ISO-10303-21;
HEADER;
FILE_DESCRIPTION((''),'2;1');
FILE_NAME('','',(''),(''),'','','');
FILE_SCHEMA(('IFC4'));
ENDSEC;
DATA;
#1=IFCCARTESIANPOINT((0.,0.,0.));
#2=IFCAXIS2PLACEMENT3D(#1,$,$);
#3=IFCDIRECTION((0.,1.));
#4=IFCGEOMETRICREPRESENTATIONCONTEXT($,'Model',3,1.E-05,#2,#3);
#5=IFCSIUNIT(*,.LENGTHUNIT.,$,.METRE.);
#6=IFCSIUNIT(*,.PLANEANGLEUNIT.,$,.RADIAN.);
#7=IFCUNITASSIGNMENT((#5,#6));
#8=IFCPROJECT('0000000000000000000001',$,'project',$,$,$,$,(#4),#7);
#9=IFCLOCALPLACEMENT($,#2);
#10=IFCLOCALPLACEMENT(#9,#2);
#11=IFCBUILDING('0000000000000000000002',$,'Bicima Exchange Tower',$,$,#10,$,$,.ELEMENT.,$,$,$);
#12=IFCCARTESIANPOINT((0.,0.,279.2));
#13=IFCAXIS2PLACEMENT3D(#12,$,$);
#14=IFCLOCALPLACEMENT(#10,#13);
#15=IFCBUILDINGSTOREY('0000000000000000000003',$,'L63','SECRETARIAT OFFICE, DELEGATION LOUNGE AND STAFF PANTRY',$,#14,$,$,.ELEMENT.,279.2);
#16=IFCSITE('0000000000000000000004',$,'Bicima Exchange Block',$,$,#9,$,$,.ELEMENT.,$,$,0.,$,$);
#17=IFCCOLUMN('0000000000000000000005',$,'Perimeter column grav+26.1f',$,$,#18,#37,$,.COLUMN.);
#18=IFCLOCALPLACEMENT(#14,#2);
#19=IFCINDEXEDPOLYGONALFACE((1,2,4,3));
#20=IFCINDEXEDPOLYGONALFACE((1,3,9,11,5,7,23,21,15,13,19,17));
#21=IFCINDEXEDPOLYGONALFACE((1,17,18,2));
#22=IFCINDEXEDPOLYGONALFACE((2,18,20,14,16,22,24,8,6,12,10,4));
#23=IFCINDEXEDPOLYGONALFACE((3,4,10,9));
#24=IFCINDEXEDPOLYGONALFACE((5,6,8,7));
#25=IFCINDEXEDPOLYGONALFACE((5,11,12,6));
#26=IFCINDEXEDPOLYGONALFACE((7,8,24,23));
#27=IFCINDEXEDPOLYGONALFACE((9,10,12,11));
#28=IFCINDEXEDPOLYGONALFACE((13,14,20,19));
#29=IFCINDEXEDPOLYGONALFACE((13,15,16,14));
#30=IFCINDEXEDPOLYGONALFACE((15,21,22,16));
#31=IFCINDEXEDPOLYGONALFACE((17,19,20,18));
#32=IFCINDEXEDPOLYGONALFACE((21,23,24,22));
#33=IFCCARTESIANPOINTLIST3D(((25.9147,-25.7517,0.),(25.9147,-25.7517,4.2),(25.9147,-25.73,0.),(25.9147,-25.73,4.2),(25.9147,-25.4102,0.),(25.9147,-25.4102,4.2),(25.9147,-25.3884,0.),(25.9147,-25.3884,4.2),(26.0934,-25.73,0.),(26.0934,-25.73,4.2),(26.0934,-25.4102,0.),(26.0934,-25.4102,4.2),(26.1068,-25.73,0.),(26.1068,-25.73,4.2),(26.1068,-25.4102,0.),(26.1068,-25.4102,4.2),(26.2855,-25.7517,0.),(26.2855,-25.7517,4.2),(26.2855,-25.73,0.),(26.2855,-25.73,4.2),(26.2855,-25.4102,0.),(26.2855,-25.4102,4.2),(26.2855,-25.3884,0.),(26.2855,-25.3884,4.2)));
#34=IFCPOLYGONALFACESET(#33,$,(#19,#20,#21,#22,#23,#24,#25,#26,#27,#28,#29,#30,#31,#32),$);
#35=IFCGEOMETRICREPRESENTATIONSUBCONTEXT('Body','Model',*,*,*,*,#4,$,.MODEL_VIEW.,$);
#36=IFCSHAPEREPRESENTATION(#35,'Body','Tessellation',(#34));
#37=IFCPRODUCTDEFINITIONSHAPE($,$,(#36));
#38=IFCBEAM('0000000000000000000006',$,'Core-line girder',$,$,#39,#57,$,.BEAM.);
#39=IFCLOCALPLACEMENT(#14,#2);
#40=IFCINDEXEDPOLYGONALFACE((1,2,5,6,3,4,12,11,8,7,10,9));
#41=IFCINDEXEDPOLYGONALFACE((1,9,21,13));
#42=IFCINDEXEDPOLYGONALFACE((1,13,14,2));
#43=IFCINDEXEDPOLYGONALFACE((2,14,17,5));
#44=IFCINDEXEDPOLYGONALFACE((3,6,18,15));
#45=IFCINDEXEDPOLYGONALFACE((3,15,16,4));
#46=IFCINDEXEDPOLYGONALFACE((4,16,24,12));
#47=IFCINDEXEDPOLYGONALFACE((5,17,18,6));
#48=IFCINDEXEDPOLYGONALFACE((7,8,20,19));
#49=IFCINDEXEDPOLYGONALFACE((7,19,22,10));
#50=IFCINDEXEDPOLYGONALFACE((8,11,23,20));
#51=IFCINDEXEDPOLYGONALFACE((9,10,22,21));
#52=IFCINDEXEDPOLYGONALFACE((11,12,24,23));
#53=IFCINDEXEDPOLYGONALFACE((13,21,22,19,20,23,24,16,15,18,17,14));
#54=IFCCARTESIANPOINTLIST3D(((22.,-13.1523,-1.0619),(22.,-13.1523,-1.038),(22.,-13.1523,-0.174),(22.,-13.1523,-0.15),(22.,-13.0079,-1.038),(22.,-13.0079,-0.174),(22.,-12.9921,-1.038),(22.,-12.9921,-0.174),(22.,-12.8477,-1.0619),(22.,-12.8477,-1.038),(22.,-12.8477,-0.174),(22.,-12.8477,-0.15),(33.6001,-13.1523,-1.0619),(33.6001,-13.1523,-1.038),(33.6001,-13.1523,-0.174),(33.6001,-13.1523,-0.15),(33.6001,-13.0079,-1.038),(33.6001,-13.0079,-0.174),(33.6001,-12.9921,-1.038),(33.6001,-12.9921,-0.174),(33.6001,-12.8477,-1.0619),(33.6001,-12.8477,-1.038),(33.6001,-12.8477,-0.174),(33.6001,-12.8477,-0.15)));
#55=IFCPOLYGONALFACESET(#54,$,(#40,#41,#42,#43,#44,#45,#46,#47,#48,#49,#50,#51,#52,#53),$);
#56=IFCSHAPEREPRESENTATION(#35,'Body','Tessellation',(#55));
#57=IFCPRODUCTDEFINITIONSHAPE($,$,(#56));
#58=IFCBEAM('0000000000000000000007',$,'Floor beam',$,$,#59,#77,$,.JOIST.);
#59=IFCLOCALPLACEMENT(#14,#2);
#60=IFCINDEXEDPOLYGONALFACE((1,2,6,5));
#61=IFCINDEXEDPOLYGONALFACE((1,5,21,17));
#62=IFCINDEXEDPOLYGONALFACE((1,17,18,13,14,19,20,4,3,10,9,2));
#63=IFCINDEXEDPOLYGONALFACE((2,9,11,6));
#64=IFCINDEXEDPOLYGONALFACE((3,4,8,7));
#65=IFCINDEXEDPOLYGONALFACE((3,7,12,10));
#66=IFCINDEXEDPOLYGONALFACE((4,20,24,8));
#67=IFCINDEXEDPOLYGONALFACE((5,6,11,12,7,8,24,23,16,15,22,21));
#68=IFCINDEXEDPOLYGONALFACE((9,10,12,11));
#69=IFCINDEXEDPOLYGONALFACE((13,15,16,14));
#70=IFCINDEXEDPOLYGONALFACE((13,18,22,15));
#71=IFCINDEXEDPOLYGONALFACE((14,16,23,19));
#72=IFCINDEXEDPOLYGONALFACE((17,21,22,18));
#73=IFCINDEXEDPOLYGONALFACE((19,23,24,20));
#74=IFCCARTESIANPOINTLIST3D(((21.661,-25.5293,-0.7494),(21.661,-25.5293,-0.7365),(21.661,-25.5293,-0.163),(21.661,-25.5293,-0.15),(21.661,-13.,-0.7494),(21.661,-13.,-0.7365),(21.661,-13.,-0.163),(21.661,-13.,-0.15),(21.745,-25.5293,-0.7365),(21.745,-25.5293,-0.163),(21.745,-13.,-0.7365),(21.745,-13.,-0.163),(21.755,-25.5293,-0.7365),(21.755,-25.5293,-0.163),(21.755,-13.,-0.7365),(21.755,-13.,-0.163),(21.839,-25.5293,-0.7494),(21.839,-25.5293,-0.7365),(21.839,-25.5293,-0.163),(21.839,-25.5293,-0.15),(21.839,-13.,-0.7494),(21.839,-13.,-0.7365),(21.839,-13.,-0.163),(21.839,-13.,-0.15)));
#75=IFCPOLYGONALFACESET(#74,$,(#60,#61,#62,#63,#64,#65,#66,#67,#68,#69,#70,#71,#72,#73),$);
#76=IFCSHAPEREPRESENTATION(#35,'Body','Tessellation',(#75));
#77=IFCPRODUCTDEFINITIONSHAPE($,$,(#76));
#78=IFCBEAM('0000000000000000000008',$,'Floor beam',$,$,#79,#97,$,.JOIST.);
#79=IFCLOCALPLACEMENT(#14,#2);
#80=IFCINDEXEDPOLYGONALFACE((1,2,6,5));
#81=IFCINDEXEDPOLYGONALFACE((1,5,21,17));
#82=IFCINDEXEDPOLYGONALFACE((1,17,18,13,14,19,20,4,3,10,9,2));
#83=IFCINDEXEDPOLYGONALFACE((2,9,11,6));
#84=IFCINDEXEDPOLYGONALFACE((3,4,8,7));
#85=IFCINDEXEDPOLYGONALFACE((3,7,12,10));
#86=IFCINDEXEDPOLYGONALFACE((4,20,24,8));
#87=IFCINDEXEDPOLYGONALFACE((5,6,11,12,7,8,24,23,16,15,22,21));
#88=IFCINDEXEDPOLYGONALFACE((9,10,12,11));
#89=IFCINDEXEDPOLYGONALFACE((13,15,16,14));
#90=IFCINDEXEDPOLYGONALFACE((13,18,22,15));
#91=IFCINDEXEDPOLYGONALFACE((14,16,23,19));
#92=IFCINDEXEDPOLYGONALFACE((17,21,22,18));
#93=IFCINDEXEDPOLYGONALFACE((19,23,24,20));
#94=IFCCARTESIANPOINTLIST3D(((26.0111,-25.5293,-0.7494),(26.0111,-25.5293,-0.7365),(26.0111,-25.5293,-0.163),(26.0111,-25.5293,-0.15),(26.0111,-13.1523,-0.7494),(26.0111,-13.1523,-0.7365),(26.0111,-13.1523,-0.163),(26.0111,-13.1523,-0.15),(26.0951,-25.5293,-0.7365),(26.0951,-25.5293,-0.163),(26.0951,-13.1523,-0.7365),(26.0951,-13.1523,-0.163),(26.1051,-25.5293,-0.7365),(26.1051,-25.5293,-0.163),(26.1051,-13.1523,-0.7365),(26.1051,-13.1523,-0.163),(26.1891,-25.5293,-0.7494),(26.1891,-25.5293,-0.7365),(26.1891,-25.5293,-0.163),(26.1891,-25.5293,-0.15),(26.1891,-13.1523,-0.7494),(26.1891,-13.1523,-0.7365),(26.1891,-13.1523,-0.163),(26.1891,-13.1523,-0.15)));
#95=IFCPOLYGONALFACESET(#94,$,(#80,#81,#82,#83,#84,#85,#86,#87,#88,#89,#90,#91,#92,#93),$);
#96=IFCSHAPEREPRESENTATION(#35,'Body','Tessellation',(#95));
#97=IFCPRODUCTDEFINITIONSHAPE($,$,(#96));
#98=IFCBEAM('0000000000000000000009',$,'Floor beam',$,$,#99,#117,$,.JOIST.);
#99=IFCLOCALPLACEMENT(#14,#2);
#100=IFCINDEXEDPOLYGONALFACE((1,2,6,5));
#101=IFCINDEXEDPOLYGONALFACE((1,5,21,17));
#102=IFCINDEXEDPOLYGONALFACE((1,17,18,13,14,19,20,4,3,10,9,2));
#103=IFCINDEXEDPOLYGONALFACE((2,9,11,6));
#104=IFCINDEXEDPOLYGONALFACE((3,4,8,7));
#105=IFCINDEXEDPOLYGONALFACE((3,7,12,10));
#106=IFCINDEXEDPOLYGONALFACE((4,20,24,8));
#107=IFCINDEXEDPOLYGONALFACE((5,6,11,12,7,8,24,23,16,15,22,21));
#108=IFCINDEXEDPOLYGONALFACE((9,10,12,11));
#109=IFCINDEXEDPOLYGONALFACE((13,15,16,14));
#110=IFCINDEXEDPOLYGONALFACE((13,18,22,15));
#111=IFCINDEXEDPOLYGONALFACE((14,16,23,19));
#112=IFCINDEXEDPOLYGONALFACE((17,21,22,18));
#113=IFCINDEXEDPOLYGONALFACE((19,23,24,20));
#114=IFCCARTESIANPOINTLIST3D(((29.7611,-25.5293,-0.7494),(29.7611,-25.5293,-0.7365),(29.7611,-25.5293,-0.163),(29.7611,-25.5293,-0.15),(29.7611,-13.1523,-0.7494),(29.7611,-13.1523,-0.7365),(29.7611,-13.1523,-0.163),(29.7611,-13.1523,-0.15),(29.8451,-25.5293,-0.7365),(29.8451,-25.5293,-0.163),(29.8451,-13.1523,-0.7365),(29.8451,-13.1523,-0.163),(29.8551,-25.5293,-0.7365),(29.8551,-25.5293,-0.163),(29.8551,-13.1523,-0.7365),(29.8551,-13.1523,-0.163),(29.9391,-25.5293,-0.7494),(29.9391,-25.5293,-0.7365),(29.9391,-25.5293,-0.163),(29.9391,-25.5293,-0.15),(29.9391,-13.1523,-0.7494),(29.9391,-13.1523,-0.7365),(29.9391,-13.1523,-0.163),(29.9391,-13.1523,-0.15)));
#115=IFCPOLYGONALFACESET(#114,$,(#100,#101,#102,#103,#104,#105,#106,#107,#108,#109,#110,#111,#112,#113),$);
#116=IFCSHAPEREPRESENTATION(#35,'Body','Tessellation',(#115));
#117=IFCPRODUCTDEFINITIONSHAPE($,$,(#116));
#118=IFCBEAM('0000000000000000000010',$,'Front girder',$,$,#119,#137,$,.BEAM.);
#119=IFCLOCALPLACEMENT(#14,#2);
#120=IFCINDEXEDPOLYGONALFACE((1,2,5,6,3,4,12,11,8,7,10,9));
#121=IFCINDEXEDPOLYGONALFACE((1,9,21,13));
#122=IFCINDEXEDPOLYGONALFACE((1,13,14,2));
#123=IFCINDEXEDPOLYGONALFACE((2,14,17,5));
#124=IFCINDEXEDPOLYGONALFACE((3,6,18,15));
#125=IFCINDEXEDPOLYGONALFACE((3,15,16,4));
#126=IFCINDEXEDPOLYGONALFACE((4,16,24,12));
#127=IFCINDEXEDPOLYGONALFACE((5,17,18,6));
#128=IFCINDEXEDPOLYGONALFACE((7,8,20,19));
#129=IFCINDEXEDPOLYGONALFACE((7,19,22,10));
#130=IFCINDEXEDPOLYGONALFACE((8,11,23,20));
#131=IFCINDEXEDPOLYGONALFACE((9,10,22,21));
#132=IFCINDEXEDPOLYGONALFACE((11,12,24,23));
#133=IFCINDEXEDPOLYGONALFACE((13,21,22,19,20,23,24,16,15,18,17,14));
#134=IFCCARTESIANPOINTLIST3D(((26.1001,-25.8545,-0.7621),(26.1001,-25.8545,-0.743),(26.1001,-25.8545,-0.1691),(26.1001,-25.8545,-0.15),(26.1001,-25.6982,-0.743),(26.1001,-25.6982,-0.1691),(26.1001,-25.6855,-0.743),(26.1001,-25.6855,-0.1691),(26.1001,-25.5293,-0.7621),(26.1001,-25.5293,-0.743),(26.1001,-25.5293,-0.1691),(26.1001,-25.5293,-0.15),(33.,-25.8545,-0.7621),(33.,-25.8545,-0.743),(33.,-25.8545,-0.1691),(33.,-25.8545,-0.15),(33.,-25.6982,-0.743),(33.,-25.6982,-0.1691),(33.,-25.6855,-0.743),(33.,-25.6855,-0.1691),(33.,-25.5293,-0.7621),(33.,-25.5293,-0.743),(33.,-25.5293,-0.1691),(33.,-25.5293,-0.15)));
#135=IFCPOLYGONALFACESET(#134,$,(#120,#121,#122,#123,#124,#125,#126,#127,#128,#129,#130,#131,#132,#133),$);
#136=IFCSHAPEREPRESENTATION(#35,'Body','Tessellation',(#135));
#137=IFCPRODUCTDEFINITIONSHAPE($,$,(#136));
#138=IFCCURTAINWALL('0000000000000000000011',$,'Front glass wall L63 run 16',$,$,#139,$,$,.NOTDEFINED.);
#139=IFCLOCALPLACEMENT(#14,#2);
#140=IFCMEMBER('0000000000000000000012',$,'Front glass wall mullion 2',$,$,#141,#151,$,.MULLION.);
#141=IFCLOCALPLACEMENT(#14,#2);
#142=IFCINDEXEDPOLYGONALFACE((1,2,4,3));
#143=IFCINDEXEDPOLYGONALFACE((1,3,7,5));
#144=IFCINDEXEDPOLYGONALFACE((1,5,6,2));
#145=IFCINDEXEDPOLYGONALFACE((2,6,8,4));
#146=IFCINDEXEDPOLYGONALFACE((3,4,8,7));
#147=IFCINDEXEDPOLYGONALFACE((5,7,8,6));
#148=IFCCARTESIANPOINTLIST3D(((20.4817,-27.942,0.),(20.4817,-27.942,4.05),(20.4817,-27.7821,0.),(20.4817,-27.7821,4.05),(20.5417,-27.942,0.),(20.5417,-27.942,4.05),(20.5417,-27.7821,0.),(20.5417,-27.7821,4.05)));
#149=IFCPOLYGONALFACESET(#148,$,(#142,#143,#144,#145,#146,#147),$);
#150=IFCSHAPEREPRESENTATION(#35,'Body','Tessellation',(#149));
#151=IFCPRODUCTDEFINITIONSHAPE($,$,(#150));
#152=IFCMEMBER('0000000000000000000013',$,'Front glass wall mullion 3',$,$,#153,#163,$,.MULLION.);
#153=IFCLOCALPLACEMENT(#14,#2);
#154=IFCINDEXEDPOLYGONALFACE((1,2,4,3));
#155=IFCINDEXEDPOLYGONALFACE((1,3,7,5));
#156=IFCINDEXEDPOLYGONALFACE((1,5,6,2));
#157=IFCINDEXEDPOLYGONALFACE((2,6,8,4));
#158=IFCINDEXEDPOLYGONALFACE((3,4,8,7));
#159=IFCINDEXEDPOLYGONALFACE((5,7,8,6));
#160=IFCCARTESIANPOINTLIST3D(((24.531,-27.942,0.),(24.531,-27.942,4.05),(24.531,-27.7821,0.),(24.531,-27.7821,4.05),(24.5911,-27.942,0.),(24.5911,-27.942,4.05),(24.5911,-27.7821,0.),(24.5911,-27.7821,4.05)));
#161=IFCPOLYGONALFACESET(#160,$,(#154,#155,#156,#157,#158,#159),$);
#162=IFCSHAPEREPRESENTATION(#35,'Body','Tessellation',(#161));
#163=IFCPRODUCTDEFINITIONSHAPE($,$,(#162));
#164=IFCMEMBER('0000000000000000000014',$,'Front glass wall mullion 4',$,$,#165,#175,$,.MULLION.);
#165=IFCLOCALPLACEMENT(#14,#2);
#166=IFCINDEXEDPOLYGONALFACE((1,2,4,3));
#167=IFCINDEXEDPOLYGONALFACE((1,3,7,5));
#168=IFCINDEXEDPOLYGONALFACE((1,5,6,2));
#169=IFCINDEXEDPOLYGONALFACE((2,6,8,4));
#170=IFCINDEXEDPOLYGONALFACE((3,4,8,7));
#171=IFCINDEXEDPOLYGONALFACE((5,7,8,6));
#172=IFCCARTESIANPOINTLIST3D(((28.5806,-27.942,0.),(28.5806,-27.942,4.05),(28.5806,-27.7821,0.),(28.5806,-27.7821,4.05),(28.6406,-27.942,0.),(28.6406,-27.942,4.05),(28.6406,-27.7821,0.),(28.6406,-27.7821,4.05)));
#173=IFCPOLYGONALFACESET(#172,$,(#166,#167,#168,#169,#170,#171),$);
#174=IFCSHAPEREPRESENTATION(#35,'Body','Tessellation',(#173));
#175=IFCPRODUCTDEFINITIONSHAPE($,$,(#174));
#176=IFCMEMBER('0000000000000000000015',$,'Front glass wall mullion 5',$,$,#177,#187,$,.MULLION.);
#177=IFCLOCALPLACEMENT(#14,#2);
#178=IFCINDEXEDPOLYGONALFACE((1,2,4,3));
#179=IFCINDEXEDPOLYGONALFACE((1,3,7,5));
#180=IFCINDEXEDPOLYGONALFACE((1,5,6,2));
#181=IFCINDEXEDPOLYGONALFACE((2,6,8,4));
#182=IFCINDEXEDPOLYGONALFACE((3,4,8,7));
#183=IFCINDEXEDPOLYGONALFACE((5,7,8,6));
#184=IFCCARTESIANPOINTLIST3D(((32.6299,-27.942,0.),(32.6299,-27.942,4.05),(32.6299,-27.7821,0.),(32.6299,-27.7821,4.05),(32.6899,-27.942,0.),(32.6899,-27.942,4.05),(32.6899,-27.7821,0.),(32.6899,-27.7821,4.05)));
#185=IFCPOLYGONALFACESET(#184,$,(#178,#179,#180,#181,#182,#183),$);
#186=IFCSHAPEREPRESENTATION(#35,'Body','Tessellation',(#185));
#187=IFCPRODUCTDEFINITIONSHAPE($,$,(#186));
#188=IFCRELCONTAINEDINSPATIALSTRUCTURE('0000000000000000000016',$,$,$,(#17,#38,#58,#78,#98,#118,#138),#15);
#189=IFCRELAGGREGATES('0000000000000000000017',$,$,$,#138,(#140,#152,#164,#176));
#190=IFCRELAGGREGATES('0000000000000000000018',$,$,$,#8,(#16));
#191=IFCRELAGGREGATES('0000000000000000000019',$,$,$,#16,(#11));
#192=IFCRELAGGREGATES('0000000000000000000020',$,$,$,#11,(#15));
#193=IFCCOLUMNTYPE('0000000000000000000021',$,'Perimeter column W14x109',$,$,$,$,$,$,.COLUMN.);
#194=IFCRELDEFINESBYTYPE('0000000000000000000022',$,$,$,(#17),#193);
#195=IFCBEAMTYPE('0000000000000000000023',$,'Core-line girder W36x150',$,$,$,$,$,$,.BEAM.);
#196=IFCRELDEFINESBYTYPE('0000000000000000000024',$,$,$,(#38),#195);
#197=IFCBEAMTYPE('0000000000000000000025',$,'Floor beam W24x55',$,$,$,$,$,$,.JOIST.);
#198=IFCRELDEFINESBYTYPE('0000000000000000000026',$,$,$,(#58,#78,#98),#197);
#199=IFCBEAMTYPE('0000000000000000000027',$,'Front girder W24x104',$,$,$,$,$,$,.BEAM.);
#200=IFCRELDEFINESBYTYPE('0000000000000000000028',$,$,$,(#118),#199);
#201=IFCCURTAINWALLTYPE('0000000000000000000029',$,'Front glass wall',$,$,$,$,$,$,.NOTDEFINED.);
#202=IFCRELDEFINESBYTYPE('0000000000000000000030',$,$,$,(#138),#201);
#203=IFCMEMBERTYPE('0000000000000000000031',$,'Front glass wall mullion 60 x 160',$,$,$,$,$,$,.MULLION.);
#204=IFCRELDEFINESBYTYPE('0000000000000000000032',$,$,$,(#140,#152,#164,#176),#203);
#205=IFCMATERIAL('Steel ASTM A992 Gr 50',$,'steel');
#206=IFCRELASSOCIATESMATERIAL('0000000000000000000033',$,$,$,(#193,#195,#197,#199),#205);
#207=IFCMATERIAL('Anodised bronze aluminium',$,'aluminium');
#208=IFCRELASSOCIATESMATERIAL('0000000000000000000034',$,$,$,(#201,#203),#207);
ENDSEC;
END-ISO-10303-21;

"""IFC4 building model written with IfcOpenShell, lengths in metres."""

from ifc_helpers import new_model, si_unit, direction, frame, origin, origin_2d, place, context, subcontext, project, spatial, rectangle, i_section, extrude, material, material_profile, profile_set, type_object, element, aggregate, save


model = new_model("IFC4")

# Units and contexts
model_context = context("Model", 3, precision=1e-05, world=origin(), true_north=direction((0.0, 1.0)))
body_context = subcontext(model_context, "Body", "Model", "MODEL_VIEW")
ifc_project = project(units=[si_unit("LENGTHUNIT", "METRE"), si_unit("PLANEANGLEUNIT", "RADIAN")], contexts=[model_context])

# Site, building, storey
site_placement = place(None, origin())
site = spatial("IfcSite", under=ifc_project, at=site_placement, Name="Bicima Exchange Block", CompositionType="ELEMENT", RefElevation=0.0)
building_placement = place(site_placement, origin())
building = spatial("IfcBuilding", under=site, at=building_placement, Name="Bicima Exchange Tower", CompositionType="ELEMENT")
storey_placement = place(building_placement, frame((0.0, 0.0, 279.2)))
storey = spatial("IfcBuildingStorey", under=building, at=storey_placement, Name="L63", Description="SECRETARIAT OFFICE, DELEGATION LOUNGE AND STAFF PANTRY", CompositionType="ELEMENT", Elevation=279.2)

# Column
ifc_material_1 = material(Name="Steel ASTM A992 Gr 50", Category="steel")
ifc_material_profile_1 = material_profile(ifc_material_1, i_section(OverallWidth=0.3708, OverallDepth=0.3633, WebThickness=0.0134, FlangeThickness=0.0217, at=origin_2d()))
ifc_profile_set_1 = profile_set([ifc_material_profile_1], Name="Steel ASTM A992 Gr 50")
column_type = type_object("IfcColumnType", Name="Perimeter column W14x109", PredefinedType="COLUMN", material=ifc_profile_set_1)
column_placement = place(storey_placement, frame((26.1001, -25.5701, 0.0), z_axis=(0.0, 0.0, 1.0), x_axis=(1.0, 0.0, 0.0)))
element("IfcColumn", 1, at=column_placement, inside=storey, type_object=column_type, Name="Perimeter column grav+26.1f", PredefinedType="COLUMN", context=body_context, shape_type="SweptSolid", body=[
    extrude(i_section(OverallWidth=0.3708, OverallDepth=0.3633, WebThickness=0.0134, FlangeThickness=0.0217, at=origin_2d()), origin(), (0.0, 0.0, 1.0), 4.2),
])

# Beams
ifc_material_profile_2 = material_profile(ifc_material_1, i_section(OverallWidth=0.3047, OverallDepth=0.9119, WebThickness=0.0159, FlangeThickness=0.0239, at=origin_2d()))
ifc_profile_set_2 = profile_set([ifc_material_profile_2], Name="Steel ASTM A992 Gr 50")
beam_type_1 = type_object("IfcBeamType", Name="Core-line girder W36x150", PredefinedType="BEAM", material=ifc_profile_set_2)
beam_1_placement = place(storey_placement, frame((22.0, -13.0, -0.606), z_axis=(1.0, 0.0, 0.0), x_axis=(0.0, 1.0, 0.0)))
element("IfcBeam", 2, at=beam_1_placement, inside=storey, type_object=beam_type_1, Name="Core-line girder", PredefinedType="BEAM", context=body_context, shape_type="SweptSolid", body=[
    extrude(i_section(OverallWidth=0.3047, OverallDepth=0.9119, WebThickness=0.0159, FlangeThickness=0.0239, at=origin_2d()), origin(), (0.0, 0.0, 1.0), 11.6001),
])
ifc_material_profile_3 = material_profile(ifc_material_1, i_section(OverallWidth=0.178, OverallDepth=0.5994, WebThickness=0.01, FlangeThickness=0.0129, at=origin_2d()))
ifc_profile_set_3 = profile_set([ifc_material_profile_3], Name="Steel ASTM A992 Gr 50")
beam_type_2 = type_object("IfcBeamType", Name="Floor beam W24x55", PredefinedType="JOIST", material=ifc_profile_set_3)
beam_2_placement = place(storey_placement, frame((21.75, -13.0, -0.4497), z_axis=(0.0, -1.0, 0.0), x_axis=(1.0, 0.0, 0.0)))
element("IfcBeam", 3, at=beam_2_placement, inside=storey, type_object=beam_type_2, Name="Floor beam", PredefinedType="JOIST", context=body_context, shape_type="SweptSolid", body=[
    extrude(i_section(OverallWidth=0.178, OverallDepth=0.5994, WebThickness=0.01, FlangeThickness=0.0129, at=origin_2d()), origin(), (0.0, 0.0, 1.0), 12.5293),
])
for number, where, z_axis, x_axis, name in (
    (4, (26.1001, -13.1523, -0.4497), (0.0, -1.0, 0.0), (1.0, 0.0, 0.0), "Floor beam"),
    (5, (29.8501, -13.1523, -0.4497), (0.0, -1.0, 0.0), (1.0, 0.0, 0.0), "Floor beam"),
):
    element("IfcBeam", number, at=place(storey_placement, frame(where, z_axis=z_axis, x_axis=x_axis)), inside=storey, type_object=beam_type_2, Name=name, PredefinedType="JOIST", context=body_context, shape_type="SweptSolid", body=[
        extrude(i_section(OverallWidth=0.178, OverallDepth=0.5994, WebThickness=0.01, FlangeThickness=0.0129, at=origin_2d()), origin(), (0.0, 0.0, 1.0), 12.377),
    ])
ifc_material_profile_4 = material_profile(ifc_material_1, i_section(OverallWidth=0.3252, OverallDepth=0.6121, WebThickness=0.0127, FlangeThickness=0.019, at=origin_2d()))
ifc_profile_set_4 = profile_set([ifc_material_profile_4], Name="Steel ASTM A992 Gr 50")
beam_type_3 = type_object("IfcBeamType", Name="Front girder W24x104", PredefinedType="BEAM", material=ifc_profile_set_4)
beam_3_placement = place(storey_placement, frame((26.1001, -25.6919, -0.4561), z_axis=(1.0, 0.0, 0.0), x_axis=(0.0, 1.0, 0.0)))
element("IfcBeam", 6, at=beam_3_placement, inside=storey, type_object=beam_type_3, Name="Front girder", PredefinedType="BEAM", context=body_context, shape_type="SweptSolid", body=[
    extrude(i_section(OverallWidth=0.3252, OverallDepth=0.6121, WebThickness=0.0127, FlangeThickness=0.019, at=origin_2d()), origin(), (0.0, 0.0, 1.0), 6.8999),
])

# Curtain wall, members
ifc_material_2 = material(Name="Anodised bronze aluminium", Category="aluminium")
curtain_wall_type = type_object("IfcCurtainWallType", Name="Front glass wall", PredefinedType="NOTDEFINED", material=ifc_material_2)
curtain_wall_1_placement = place(storey_placement, origin())
curtain_wall_1 = element("IfcCurtainWall", 7, at=curtain_wall_1_placement, inside=storey, type_object=curtain_wall_type, Name="Front glass wall L63 run 16", PredefinedType="NOTDEFINED")
ifc_material_profile_5 = material_profile(ifc_material_2, rectangle(XDim=0.1599, YDim=0.0601, at=origin_2d()))
ifc_profile_set_5 = profile_set([ifc_material_profile_5], Name="Anodised bronze aluminium")
member_type_1 = type_object("IfcMemberType", Name="Front glass wall mullion 60 x 160", PredefinedType="MULLION", material=ifc_profile_set_5)
member_1_placement = place(storey_placement, frame((20.5117, -27.8621, 0.0), z_axis=(0.0, 0.0, 1.0), x_axis=(0.0, 1.0, 0.0)))
member_1 = element("IfcMember", 8, at=member_1_placement, type_object=member_type_1, Name="Front glass wall mullion 2", PredefinedType="MULLION", context=body_context, shape_type="SweptSolid", body=[
    extrude(rectangle(XDim=0.1599, YDim=0.0601, at=origin_2d()), origin(), (0.0, 0.0, 1.0), 4.05),
])
member_2_placement = place(storey_placement, frame((24.561, -27.8621, 0.0), z_axis=(0.0, 0.0, 1.0), x_axis=(0.0, 1.0, 0.0)))
member_2 = element("IfcMember", 9, at=member_2_placement, type_object=member_type_1, Name="Front glass wall mullion 3", PredefinedType="MULLION", context=body_context, shape_type="SweptSolid", body=[
    extrude(rectangle(XDim=0.1599, YDim=0.0601, at=origin_2d()), origin(), (0.0, 0.0, 1.0), 4.05),
])
member_3_placement = place(storey_placement, frame((28.6106, -27.8621, 0.0), z_axis=(0.0, 0.0, 1.0), x_axis=(0.0, 1.0, 0.0)))
member_3 = element("IfcMember", 10, at=member_3_placement, type_object=member_type_1, Name="Front glass wall mullion 4", PredefinedType="MULLION", context=body_context, shape_type="SweptSolid", body=[
    extrude(rectangle(XDim=0.1599, YDim=0.0601, at=origin_2d()), origin(), (0.0, 0.0, 1.0), 4.05),
])
member_4_placement = place(storey_placement, frame((32.6599, -27.8621, 0.0), z_axis=(0.0, 0.0, 1.0), x_axis=(0.0, 1.0, 0.0)))
member_4 = element("IfcMember", 11, at=member_4_placement, type_object=member_type_1, Name="Front glass wall mullion 5", PredefinedType="MULLION", context=body_context, shape_type="SweptSolid", body=[
    extrude(rectangle(XDim=0.1599, YDim=0.0601, at=origin_2d()), origin(), (0.0, 0.0, 1.0), 4.05),
])

aggregate(curtain_wall_1, [member_1, member_2, member_3, member_4])

save(model, "model.ifc")
